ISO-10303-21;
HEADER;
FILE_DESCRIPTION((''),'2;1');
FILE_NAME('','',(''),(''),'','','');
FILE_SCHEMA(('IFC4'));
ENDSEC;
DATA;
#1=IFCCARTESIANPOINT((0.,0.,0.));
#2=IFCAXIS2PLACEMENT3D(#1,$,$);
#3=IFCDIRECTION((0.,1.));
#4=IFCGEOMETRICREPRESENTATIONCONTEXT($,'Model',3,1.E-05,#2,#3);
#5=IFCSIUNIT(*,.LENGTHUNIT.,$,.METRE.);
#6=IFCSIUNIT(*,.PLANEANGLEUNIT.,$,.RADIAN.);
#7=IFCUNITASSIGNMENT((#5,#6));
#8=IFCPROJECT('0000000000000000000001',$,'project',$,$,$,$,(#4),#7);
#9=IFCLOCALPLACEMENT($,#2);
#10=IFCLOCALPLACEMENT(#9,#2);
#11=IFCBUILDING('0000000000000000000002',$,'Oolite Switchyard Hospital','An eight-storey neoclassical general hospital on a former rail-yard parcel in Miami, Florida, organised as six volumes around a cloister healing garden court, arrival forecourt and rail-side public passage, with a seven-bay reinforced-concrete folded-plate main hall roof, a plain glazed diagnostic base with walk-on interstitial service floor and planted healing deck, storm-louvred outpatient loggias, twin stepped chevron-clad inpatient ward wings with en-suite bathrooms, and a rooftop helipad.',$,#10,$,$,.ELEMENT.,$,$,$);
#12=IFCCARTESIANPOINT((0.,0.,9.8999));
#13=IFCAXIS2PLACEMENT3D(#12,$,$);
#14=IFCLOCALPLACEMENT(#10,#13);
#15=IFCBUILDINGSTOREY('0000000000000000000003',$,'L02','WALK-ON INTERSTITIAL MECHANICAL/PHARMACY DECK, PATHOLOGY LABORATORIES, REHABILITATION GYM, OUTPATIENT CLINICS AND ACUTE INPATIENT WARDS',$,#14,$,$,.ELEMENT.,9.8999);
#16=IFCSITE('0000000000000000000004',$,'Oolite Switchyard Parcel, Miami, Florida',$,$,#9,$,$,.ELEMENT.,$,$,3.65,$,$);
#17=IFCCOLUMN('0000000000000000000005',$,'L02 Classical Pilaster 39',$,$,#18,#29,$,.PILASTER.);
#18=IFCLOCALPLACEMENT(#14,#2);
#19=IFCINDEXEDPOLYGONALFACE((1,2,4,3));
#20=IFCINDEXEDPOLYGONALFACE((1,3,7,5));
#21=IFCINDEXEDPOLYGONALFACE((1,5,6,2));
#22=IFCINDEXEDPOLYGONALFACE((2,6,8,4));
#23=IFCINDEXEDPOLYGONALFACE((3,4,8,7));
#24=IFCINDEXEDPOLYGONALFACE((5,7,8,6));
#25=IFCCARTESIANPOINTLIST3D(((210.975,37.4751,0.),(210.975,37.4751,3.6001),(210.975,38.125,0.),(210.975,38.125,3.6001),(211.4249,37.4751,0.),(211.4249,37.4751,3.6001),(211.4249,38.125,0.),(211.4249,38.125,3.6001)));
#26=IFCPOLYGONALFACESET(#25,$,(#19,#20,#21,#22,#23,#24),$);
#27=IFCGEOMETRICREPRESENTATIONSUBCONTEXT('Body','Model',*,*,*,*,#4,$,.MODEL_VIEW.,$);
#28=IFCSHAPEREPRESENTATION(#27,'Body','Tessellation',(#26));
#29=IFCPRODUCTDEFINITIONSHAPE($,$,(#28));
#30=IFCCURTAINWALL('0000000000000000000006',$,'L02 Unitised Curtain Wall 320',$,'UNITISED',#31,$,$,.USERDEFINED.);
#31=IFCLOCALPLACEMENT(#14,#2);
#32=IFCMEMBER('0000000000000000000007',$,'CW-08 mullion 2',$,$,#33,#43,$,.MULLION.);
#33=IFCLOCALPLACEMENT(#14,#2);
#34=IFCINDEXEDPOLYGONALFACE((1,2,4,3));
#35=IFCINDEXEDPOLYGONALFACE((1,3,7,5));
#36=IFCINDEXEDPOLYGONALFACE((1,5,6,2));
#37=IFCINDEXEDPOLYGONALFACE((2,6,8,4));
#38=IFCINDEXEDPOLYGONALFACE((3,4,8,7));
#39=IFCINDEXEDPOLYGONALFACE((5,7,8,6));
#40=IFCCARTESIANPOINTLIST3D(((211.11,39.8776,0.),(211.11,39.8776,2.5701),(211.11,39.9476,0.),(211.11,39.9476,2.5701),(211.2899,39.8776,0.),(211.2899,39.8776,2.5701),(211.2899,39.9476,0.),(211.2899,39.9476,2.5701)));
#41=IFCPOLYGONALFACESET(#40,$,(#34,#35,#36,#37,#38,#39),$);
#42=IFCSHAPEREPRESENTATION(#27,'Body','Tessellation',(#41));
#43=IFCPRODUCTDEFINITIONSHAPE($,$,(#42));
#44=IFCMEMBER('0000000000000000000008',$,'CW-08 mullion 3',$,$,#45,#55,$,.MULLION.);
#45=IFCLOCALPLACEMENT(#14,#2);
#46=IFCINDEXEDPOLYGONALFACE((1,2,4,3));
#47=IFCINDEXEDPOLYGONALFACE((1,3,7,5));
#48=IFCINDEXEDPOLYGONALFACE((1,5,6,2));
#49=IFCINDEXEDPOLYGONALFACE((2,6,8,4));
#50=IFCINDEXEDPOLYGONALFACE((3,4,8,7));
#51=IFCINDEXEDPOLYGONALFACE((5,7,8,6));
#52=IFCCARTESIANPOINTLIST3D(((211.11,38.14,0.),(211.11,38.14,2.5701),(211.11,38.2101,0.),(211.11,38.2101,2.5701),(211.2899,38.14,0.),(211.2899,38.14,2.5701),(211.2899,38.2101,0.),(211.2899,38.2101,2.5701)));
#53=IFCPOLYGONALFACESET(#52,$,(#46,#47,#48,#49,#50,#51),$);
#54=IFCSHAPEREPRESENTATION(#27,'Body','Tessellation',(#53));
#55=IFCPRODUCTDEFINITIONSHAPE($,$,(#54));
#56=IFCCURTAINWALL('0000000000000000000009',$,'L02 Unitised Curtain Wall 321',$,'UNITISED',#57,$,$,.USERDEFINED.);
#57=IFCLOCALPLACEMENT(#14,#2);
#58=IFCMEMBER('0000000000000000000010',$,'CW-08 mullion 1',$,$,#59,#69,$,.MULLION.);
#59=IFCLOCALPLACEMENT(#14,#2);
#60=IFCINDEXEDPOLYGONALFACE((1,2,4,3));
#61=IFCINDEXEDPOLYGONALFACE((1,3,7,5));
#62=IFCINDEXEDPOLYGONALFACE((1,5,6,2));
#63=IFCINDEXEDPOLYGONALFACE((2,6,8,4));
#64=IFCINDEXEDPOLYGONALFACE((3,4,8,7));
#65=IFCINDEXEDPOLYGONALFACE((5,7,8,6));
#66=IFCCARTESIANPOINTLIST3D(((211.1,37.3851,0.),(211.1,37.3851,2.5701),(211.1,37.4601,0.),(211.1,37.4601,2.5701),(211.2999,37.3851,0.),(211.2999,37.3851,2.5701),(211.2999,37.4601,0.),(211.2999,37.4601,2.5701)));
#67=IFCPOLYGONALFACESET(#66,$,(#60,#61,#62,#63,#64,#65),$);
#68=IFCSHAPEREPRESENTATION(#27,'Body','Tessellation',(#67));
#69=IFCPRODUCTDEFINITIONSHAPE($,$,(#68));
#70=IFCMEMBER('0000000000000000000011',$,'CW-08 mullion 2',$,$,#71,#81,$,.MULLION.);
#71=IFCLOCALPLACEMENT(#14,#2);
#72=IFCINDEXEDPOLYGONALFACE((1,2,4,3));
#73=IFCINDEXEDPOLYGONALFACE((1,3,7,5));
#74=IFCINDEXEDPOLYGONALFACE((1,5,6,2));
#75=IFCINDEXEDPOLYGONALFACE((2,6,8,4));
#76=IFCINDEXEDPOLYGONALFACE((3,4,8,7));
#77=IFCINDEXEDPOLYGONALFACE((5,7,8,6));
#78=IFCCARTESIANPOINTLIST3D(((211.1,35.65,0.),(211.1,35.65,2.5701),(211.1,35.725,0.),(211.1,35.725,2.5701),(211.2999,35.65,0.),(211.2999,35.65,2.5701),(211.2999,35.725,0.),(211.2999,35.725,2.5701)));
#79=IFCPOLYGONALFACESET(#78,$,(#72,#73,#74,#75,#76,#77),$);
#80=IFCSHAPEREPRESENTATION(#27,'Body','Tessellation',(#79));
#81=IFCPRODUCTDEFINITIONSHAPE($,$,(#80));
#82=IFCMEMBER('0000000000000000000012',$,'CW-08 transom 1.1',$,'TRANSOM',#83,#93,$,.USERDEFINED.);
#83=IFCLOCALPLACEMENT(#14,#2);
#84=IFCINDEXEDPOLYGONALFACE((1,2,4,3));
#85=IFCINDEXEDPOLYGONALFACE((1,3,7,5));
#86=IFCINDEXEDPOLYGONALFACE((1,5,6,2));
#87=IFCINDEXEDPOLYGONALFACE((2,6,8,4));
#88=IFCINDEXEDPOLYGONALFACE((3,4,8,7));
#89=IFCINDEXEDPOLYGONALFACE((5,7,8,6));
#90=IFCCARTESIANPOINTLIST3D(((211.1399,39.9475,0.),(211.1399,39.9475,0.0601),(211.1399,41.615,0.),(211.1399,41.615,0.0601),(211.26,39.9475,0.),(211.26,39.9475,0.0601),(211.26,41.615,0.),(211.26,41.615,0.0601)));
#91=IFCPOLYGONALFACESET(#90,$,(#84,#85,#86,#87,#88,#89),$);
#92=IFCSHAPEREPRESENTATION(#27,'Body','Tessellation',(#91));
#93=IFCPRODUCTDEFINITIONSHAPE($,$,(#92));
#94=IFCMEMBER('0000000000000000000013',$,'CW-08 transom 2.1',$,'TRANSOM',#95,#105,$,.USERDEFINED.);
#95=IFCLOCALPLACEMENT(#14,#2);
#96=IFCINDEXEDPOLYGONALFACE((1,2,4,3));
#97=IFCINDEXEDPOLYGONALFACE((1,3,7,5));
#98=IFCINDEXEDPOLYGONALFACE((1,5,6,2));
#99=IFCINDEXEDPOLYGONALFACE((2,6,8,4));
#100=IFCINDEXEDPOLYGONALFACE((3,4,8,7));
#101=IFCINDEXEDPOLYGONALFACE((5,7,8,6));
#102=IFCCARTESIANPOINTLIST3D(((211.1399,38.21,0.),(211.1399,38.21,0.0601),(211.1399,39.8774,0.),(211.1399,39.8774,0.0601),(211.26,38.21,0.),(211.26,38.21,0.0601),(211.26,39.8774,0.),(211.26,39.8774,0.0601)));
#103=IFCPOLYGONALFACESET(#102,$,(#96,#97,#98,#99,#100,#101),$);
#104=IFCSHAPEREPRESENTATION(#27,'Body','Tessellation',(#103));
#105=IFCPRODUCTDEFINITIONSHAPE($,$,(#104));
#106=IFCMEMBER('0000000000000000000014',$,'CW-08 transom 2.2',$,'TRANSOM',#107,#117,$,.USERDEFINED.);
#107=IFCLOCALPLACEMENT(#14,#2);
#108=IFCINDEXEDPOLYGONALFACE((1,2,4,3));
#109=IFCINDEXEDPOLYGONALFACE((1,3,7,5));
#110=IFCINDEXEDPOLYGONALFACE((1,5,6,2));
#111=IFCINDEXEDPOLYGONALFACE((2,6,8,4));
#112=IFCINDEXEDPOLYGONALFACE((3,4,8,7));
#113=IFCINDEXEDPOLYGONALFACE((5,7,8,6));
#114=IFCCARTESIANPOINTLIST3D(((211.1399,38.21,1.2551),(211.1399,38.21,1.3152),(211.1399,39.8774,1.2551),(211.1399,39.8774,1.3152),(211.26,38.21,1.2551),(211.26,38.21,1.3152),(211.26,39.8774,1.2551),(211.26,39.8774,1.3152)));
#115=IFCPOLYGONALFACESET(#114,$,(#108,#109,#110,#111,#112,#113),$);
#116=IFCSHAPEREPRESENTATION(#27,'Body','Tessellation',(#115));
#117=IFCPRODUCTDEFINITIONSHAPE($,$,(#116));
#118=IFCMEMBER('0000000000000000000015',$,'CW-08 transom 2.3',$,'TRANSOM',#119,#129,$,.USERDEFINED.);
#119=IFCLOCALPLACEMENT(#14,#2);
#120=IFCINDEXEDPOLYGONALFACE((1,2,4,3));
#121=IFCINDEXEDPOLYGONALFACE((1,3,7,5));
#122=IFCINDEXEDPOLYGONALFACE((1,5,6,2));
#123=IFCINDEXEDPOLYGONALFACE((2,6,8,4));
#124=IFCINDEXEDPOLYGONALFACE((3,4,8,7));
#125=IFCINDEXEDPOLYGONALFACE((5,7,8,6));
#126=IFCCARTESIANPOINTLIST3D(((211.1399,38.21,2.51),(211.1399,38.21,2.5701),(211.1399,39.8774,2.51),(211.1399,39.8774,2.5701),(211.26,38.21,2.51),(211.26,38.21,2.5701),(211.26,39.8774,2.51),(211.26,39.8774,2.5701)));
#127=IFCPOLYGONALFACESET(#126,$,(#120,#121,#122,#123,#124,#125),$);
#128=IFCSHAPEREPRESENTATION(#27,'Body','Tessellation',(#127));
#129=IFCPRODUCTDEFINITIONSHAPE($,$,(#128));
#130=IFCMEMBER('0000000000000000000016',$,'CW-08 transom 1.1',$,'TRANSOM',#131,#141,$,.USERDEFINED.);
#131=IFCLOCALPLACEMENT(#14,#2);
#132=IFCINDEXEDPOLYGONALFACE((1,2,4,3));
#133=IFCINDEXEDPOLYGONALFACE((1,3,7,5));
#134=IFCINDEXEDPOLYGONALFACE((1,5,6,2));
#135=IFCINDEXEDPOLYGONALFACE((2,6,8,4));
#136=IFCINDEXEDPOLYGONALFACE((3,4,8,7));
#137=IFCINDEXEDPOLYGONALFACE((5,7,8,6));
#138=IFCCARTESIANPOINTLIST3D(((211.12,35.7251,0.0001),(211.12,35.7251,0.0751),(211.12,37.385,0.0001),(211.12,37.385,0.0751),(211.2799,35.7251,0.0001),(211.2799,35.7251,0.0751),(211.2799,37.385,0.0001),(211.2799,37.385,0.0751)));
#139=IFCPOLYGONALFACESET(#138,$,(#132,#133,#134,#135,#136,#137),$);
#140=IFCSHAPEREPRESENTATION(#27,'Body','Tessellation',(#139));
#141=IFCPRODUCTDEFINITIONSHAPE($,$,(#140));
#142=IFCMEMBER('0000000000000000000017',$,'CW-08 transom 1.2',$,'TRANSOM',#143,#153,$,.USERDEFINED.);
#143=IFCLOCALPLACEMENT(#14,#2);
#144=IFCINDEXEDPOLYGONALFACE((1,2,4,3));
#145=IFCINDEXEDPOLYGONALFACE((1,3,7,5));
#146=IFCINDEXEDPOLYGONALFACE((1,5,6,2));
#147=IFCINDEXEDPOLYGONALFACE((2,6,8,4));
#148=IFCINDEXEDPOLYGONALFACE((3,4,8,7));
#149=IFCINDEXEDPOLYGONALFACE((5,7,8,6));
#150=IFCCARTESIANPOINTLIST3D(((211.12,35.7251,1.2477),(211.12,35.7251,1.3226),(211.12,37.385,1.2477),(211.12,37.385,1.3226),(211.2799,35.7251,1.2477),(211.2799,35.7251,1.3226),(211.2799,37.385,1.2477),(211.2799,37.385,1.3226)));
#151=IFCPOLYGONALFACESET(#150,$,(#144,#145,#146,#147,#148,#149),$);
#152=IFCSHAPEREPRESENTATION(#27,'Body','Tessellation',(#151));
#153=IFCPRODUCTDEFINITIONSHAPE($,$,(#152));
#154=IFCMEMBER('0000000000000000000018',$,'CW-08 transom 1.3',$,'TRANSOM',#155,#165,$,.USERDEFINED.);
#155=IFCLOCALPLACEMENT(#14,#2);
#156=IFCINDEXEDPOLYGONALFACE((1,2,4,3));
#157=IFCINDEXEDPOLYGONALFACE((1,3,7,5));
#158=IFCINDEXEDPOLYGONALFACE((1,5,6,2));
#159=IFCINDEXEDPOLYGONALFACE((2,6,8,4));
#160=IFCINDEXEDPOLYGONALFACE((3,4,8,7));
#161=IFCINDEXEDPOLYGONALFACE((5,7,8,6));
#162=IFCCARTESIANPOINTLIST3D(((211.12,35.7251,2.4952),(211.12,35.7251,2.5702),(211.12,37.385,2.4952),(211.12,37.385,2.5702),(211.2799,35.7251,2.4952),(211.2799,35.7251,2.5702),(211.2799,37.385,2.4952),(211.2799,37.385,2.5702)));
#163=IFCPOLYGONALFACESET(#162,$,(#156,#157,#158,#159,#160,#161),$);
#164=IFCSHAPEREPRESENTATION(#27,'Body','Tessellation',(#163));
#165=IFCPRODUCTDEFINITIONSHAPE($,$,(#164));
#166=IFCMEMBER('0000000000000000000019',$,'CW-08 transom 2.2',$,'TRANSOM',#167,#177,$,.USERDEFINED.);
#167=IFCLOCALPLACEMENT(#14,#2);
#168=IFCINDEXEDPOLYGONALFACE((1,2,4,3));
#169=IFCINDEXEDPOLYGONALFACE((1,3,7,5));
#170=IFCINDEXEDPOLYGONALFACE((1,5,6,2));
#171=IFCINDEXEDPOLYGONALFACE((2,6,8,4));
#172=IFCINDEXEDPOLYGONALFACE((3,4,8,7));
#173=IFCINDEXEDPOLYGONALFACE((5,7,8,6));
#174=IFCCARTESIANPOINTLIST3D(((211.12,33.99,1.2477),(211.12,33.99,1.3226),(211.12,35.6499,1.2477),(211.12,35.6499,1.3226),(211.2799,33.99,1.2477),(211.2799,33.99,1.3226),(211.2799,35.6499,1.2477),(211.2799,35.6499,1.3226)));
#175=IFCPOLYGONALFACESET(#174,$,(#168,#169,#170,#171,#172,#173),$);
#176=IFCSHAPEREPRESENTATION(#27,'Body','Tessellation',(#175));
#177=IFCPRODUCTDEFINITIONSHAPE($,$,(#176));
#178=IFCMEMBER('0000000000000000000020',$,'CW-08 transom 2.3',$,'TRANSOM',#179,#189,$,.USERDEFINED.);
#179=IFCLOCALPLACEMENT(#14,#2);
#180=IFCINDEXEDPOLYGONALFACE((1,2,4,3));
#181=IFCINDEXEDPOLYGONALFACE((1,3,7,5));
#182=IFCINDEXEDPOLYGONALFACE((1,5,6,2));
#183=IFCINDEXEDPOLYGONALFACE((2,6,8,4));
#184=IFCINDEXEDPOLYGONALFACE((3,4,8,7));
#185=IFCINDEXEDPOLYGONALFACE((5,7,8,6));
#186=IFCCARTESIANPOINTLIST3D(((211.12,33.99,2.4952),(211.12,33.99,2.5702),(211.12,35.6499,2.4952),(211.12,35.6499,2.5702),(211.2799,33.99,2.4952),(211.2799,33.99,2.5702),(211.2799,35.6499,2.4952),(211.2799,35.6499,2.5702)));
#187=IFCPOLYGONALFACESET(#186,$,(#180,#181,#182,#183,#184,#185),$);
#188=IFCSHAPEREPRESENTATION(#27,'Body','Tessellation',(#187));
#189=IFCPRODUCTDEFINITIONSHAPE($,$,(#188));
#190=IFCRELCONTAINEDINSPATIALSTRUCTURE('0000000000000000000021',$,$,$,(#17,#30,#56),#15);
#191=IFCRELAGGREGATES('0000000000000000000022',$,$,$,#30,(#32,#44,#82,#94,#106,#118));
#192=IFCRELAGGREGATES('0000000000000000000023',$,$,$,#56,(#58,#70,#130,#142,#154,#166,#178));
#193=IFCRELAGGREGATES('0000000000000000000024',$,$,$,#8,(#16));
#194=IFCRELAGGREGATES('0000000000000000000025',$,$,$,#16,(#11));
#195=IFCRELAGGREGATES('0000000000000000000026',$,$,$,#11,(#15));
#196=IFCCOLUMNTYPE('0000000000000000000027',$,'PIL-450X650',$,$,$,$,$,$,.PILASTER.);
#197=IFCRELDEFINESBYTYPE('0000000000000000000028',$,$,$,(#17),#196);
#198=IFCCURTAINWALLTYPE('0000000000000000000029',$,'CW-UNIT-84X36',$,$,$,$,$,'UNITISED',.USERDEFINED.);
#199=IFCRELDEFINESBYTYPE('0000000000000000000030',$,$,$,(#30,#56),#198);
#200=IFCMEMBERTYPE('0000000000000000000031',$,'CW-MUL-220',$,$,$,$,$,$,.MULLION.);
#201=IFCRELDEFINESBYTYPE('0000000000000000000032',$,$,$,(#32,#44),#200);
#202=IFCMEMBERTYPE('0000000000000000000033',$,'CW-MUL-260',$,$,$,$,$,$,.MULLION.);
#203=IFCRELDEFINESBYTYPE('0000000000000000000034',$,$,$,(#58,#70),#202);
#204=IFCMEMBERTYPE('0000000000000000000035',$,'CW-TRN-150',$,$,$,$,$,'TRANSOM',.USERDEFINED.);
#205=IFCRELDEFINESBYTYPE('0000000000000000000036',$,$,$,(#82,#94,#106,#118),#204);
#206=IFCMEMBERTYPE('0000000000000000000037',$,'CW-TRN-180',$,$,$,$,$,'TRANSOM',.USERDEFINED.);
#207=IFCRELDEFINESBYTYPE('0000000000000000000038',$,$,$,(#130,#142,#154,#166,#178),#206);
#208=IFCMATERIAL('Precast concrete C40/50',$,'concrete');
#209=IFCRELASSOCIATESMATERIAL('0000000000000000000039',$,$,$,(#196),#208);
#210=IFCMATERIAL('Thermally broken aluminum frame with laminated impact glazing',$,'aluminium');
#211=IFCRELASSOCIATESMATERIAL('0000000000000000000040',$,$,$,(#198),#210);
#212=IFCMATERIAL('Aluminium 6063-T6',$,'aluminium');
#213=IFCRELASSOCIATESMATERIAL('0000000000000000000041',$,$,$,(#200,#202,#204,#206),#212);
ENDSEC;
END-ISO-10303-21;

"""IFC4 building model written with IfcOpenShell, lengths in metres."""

from ifc_helpers import new_model, si_unit, direction, frame, origin, origin_2d, place, context, subcontext, project, spatial, rectangle, extrude, material, material_profile, profile_set, type_object, element, aggregate, save


model = new_model("IFC4")

# Units and contexts
model_context = context("Model", 3, precision=1e-05, world=origin(), true_north=direction((0.0, 1.0)))
body_context = subcontext(model_context, "Body", "Model", "MODEL_VIEW")
ifc_project = project(units=[si_unit("LENGTHUNIT", "METRE"), si_unit("PLANEANGLEUNIT", "RADIAN")], contexts=[model_context])

# Site, building, storey
site_placement = place(None, origin())
site = spatial("IfcSite", under=ifc_project, at=site_placement, Name="Oolite Switchyard Parcel, Miami, Florida", CompositionType="ELEMENT", RefElevation=3.65)
building_placement = place(site_placement, origin())
building = spatial("IfcBuilding", under=site, at=building_placement, Name="Oolite Switchyard Hospital", Description="An eight-storey neoclassical general hospital on a former rail-yard parcel in Miami, Florida, organised as six volumes around a cloister healing garden court, arrival forecourt and rail-side public passage, with a seven-bay reinforced-concrete folded-plate main hall roof, a plain glazed diagnostic base with walk-on interstitial service floor and planted healing deck, storm-louvred outpatient loggias, twin stepped chevron-clad inpatient ward wings with en-suite bathrooms, and a rooftop helipad.", CompositionType="ELEMENT")
storey_placement = place(building_placement, frame((0.0, 0.0, 9.8999)))
storey = spatial("IfcBuildingStorey", under=building, at=storey_placement, Name="L02", Description="WALK-ON INTERSTITIAL MECHANICAL/PHARMACY DECK, PATHOLOGY LABORATORIES, REHABILITATION GYM, OUTPATIENT CLINICS AND ACUTE INPATIENT WARDS", CompositionType="ELEMENT", Elevation=9.8999)

# Column
ifc_material_1 = material(Name="Precast concrete C40/50", Category="concrete")
ifc_material_profile_1 = material_profile(ifc_material_1, rectangle(XDim=0.45, YDim=0.6499, at=origin_2d()), Name="PIL450X650")
ifc_profile_set_1 = profile_set([ifc_material_profile_1], Name="Precast concrete C40/50")
column_type = type_object("IfcColumnType", Name="PIL-450X650", PredefinedType="PILASTER", material=ifc_profile_set_1)
column_placement = place(storey_placement, frame((211.2, 37.8, 0.0), z_axis=(0.0, 0.0, 1.0), x_axis=(1.0, 0.0, 0.0)))
element("IfcColumn", 1, at=column_placement, inside=storey, type_object=column_type, Name="L02 Classical Pilaster 39", PredefinedType="PILASTER", context=body_context, shape_type="SweptSolid", body=[
    extrude(rectangle(XDim=0.45, YDim=0.6499, at=origin_2d()), origin(), (0.0, 0.0, 1.0), 3.6001),
])

# Curtain walls, members
ifc_material_2 = material(Name="Thermally broken aluminum frame with laminated impact glazing", Category="aluminium")
curtain_wall_type = type_object("IfcCurtainWallType", Name="CW-UNIT-84X36", ElementType="UNITISED", PredefinedType="USERDEFINED", material=ifc_material_2)
curtain_wall_1_placement = place(storey_placement, origin())
curtain_wall_1 = element("IfcCurtainWall", 2, at=curtain_wall_1_placement, inside=storey, type_object=curtain_wall_type, Name="L02 Unitised Curtain Wall 320", ObjectType="UNITISED", PredefinedType="USERDEFINED")
ifc_material_3 = material(Name="Aluminium 6063-T6", Category="aluminium")
ifc_material_profile_2 = material_profile(ifc_material_3, rectangle(XDim=0.1799, YDim=0.0701, at=origin_2d()), Name="CWM70X180")
ifc_profile_set_2 = profile_set([ifc_material_profile_2], Name="Aluminium 6063-T6")
member_type_1 = type_object("IfcMemberType", Name="CW-MUL-220", PredefinedType="MULLION", material=ifc_profile_set_2)
member_1_placement = place(storey_placement, frame((211.2, 39.9126, 0.0), z_axis=(0.0, 0.0, 1.0), x_axis=(1.0, 0.0, 0.0)))
member_1 = element("IfcMember", 3, at=member_1_placement, type_object=member_type_1, Name="CW-08 mullion 2", PredefinedType="MULLION", context=body_context, shape_type="SweptSolid", body=[
    extrude(rectangle(XDim=0.1799, YDim=0.0701, at=origin_2d()), origin(), (0.0, 0.0, 1.0), 2.5701),
])
member_2_placement = place(storey_placement, frame((211.2, 38.175, 0.0), z_axis=(0.0, 0.0, 1.0), x_axis=(1.0, 0.0, 0.0)))
member_2 = element("IfcMember", 4, at=member_2_placement, type_object=member_type_1, Name="CW-08 mullion 3", PredefinedType="MULLION", context=body_context, shape_type="SweptSolid", body=[
    extrude(rectangle(XDim=0.1799, YDim=0.0701, at=origin_2d()), origin(), (0.0, 0.0, 1.0), 2.5701),
])
curtain_wall_2_placement = place(storey_placement, origin())
curtain_wall_2 = element("IfcCurtainWall", 5, at=curtain_wall_2_placement, inside=storey, type_object=curtain_wall_type, Name="L02 Unitised Curtain Wall 321", ObjectType="UNITISED", PredefinedType="USERDEFINED")
ifc_material_profile_3 = material_profile(ifc_material_3, rectangle(XDim=0.2, YDim=0.075, at=origin_2d()), Name="CWM75X200")
ifc_profile_set_3 = profile_set([ifc_material_profile_3], Name="Aluminium 6063-T6")
member_type_2 = type_object("IfcMemberType", Name="CW-MUL-260", PredefinedType="MULLION", material=ifc_profile_set_3)
member_3_placement = place(storey_placement, frame((211.2, 37.4226, 0.0), z_axis=(0.0, 0.0, 1.0), x_axis=(1.0, 0.0, 0.0)))
member_3 = element("IfcMember", 6, at=member_3_placement, type_object=member_type_2, Name="CW-08 mullion 1", PredefinedType="MULLION", context=body_context, shape_type="SweptSolid", body=[
    extrude(rectangle(XDim=0.2, YDim=0.075, at=origin_2d()), origin(), (0.0, 0.0, 1.0), 2.5701),
])
member_4_placement = place(storey_placement, frame((211.2, 35.6875, 0.0), z_axis=(0.0, 0.0, 1.0), x_axis=(1.0, 0.0, 0.0)))
member_4 = element("IfcMember", 7, at=member_4_placement, type_object=member_type_2, Name="CW-08 mullion 2", PredefinedType="MULLION", context=body_context, shape_type="SweptSolid", body=[
    extrude(rectangle(XDim=0.2, YDim=0.075, at=origin_2d()), origin(), (0.0, 0.0, 1.0), 2.5701),
])

# Members
ifc_material_profile_4 = material_profile(ifc_material_3, rectangle(XDim=0.1201, YDim=0.0601, at=origin_2d()), Name="CWT60X120")
ifc_profile_set_4 = profile_set([ifc_material_profile_4], Name="Aluminium 6063-T6")
member_type_3 = type_object("IfcMemberType", Name="CW-TRN-150", ElementType="TRANSOM", PredefinedType="USERDEFINED", material=ifc_profile_set_4)
member_5_placement = place(storey_placement, frame((211.2, 41.615, 0.03), z_axis=(0.0, -1.0, 0.0), x_axis=(1.0, 0.0, 0.0)))
member_5 = element("IfcMember", 8, at=member_5_placement, type_object=member_type_3, Name="CW-08 transom 1.1", ObjectType="TRANSOM", PredefinedType="USERDEFINED", context=body_context, shape_type="SweptSolid", body=[
    extrude(rectangle(XDim=0.1201, YDim=0.0601, at=origin_2d()), origin(), (0.0, 0.0, 1.0), 1.6675),
])
member_6_placement = place(storey_placement, frame((211.2, 39.8774, 0.03), z_axis=(0.0, -1.0, 0.0), x_axis=(1.0, 0.0, 0.0)))
member_6 = element("IfcMember", 9, at=member_6_placement, type_object=member_type_3, Name="CW-08 transom 2.1", ObjectType="TRANSOM", PredefinedType="USERDEFINED", context=body_context, shape_type="SweptSolid", body=[
    extrude(rectangle(XDim=0.1201, YDim=0.0601, at=origin_2d()), origin(), (0.0, 0.0, 1.0), 1.6675),
])
member_7_placement = place(storey_placement, frame((211.2, 39.8774, 1.2852), z_axis=(0.0, -1.0, 0.0), x_axis=(1.0, 0.0, 0.0)))
member_7 = element("IfcMember", 10, at=member_7_placement, type_object=member_type_3, Name="CW-08 transom 2.2", ObjectType="TRANSOM", PredefinedType="USERDEFINED", context=body_context, shape_type="SweptSolid", body=[
    extrude(rectangle(XDim=0.1201, YDim=0.0601, at=origin_2d()), origin(), (0.0, 0.0, 1.0), 1.6675),
])
member_8_placement = place(storey_placement, frame((211.2, 39.8774, 2.54), z_axis=(0.0, -1.0, 0.0), x_axis=(1.0, 0.0, 0.0)))
member_8 = element("IfcMember", 11, at=member_8_placement, type_object=member_type_3, Name="CW-08 transom 2.3", ObjectType="TRANSOM", PredefinedType="USERDEFINED", context=body_context, shape_type="SweptSolid", body=[
    extrude(rectangle(XDim=0.1201, YDim=0.0601, at=origin_2d()), origin(), (0.0, 0.0, 1.0), 1.6675),
])
ifc_material_profile_5 = material_profile(ifc_material_3, rectangle(XDim=0.1599, YDim=0.075, at=origin_2d()), Name="CWT75X160")
ifc_profile_set_5 = profile_set([ifc_material_profile_5], Name="Aluminium 6063-T6")
member_type_4 = type_object("IfcMemberType", Name="CW-TRN-180", ElementType="TRANSOM", PredefinedType="USERDEFINED", material=ifc_profile_set_5)
member_9_placement = place(storey_placement, frame((211.2, 37.385, 0.0376), z_axis=(0.0, -1.0, 0.0), x_axis=(1.0, 0.0, 0.0)))
member_9 = element("IfcMember", 12, at=member_9_placement, type_object=member_type_4, Name="CW-08 transom 1.1", ObjectType="TRANSOM", PredefinedType="USERDEFINED", context=body_context, shape_type="SweptSolid", body=[
    extrude(rectangle(XDim=0.1599, YDim=0.075, at=origin_2d()), origin(), (0.0, 0.0, 1.0), 1.6599),
])
member_10_placement = place(storey_placement, frame((211.2, 37.385, 1.2852), z_axis=(0.0, -1.0, 0.0), x_axis=(1.0, 0.0, 0.0)))
member_10 = element("IfcMember", 13, at=member_10_placement, type_object=member_type_4, Name="CW-08 transom 1.2", ObjectType="TRANSOM", PredefinedType="USERDEFINED", context=body_context, shape_type="SweptSolid", body=[
    extrude(rectangle(XDim=0.1599, YDim=0.075, at=origin_2d()), origin(), (0.0, 0.0, 1.0), 1.6599),
])
member_11_placement = place(storey_placement, frame((211.2, 37.385, 2.5327), z_axis=(0.0, -1.0, 0.0), x_axis=(1.0, 0.0, 0.0)))
member_11 = element("IfcMember", 14, at=member_11_placement, type_object=member_type_4, Name="CW-08 transom 1.3", ObjectType="TRANSOM", PredefinedType="USERDEFINED", context=body_context, shape_type="SweptSolid", body=[
    extrude(rectangle(XDim=0.1599, YDim=0.075, at=origin_2d()), origin(), (0.0, 0.0, 1.0), 1.6599),
])
member_12_placement = place(storey_placement, frame((211.2, 35.6499, 1.2852), z_axis=(0.0, -1.0, 0.0), x_axis=(1.0, 0.0, 0.0)))
member_12 = element("IfcMember", 15, at=member_12_placement, type_object=member_type_4, Name="CW-08 transom 2.2", ObjectType="TRANSOM", PredefinedType="USERDEFINED", context=body_context, shape_type="SweptSolid", body=[
    extrude(rectangle(XDim=0.1599, YDim=0.075, at=origin_2d()), origin(), (0.0, 0.0, 1.0), 1.6599),
])
member_13_placement = place(storey_placement, frame((211.2, 35.6499, 2.5327), z_axis=(0.0, -1.0, 0.0), x_axis=(1.0, 0.0, 0.0)))
member_13 = element("IfcMember", 16, at=member_13_placement, type_object=member_type_4, Name="CW-08 transom 2.3", ObjectType="TRANSOM", PredefinedType="USERDEFINED", context=body_context, shape_type="SweptSolid", body=[
    extrude(rectangle(XDim=0.1599, YDim=0.075, at=origin_2d()), origin(), (0.0, 0.0, 1.0), 1.6599),
])

aggregate(curtain_wall_1, [member_1, member_2, member_5, member_6, member_7, member_8])
aggregate(curtain_wall_2, [member_3, member_4, member_9, member_10, member_11, member_12, member_13])

save(model, "model.ifc")
